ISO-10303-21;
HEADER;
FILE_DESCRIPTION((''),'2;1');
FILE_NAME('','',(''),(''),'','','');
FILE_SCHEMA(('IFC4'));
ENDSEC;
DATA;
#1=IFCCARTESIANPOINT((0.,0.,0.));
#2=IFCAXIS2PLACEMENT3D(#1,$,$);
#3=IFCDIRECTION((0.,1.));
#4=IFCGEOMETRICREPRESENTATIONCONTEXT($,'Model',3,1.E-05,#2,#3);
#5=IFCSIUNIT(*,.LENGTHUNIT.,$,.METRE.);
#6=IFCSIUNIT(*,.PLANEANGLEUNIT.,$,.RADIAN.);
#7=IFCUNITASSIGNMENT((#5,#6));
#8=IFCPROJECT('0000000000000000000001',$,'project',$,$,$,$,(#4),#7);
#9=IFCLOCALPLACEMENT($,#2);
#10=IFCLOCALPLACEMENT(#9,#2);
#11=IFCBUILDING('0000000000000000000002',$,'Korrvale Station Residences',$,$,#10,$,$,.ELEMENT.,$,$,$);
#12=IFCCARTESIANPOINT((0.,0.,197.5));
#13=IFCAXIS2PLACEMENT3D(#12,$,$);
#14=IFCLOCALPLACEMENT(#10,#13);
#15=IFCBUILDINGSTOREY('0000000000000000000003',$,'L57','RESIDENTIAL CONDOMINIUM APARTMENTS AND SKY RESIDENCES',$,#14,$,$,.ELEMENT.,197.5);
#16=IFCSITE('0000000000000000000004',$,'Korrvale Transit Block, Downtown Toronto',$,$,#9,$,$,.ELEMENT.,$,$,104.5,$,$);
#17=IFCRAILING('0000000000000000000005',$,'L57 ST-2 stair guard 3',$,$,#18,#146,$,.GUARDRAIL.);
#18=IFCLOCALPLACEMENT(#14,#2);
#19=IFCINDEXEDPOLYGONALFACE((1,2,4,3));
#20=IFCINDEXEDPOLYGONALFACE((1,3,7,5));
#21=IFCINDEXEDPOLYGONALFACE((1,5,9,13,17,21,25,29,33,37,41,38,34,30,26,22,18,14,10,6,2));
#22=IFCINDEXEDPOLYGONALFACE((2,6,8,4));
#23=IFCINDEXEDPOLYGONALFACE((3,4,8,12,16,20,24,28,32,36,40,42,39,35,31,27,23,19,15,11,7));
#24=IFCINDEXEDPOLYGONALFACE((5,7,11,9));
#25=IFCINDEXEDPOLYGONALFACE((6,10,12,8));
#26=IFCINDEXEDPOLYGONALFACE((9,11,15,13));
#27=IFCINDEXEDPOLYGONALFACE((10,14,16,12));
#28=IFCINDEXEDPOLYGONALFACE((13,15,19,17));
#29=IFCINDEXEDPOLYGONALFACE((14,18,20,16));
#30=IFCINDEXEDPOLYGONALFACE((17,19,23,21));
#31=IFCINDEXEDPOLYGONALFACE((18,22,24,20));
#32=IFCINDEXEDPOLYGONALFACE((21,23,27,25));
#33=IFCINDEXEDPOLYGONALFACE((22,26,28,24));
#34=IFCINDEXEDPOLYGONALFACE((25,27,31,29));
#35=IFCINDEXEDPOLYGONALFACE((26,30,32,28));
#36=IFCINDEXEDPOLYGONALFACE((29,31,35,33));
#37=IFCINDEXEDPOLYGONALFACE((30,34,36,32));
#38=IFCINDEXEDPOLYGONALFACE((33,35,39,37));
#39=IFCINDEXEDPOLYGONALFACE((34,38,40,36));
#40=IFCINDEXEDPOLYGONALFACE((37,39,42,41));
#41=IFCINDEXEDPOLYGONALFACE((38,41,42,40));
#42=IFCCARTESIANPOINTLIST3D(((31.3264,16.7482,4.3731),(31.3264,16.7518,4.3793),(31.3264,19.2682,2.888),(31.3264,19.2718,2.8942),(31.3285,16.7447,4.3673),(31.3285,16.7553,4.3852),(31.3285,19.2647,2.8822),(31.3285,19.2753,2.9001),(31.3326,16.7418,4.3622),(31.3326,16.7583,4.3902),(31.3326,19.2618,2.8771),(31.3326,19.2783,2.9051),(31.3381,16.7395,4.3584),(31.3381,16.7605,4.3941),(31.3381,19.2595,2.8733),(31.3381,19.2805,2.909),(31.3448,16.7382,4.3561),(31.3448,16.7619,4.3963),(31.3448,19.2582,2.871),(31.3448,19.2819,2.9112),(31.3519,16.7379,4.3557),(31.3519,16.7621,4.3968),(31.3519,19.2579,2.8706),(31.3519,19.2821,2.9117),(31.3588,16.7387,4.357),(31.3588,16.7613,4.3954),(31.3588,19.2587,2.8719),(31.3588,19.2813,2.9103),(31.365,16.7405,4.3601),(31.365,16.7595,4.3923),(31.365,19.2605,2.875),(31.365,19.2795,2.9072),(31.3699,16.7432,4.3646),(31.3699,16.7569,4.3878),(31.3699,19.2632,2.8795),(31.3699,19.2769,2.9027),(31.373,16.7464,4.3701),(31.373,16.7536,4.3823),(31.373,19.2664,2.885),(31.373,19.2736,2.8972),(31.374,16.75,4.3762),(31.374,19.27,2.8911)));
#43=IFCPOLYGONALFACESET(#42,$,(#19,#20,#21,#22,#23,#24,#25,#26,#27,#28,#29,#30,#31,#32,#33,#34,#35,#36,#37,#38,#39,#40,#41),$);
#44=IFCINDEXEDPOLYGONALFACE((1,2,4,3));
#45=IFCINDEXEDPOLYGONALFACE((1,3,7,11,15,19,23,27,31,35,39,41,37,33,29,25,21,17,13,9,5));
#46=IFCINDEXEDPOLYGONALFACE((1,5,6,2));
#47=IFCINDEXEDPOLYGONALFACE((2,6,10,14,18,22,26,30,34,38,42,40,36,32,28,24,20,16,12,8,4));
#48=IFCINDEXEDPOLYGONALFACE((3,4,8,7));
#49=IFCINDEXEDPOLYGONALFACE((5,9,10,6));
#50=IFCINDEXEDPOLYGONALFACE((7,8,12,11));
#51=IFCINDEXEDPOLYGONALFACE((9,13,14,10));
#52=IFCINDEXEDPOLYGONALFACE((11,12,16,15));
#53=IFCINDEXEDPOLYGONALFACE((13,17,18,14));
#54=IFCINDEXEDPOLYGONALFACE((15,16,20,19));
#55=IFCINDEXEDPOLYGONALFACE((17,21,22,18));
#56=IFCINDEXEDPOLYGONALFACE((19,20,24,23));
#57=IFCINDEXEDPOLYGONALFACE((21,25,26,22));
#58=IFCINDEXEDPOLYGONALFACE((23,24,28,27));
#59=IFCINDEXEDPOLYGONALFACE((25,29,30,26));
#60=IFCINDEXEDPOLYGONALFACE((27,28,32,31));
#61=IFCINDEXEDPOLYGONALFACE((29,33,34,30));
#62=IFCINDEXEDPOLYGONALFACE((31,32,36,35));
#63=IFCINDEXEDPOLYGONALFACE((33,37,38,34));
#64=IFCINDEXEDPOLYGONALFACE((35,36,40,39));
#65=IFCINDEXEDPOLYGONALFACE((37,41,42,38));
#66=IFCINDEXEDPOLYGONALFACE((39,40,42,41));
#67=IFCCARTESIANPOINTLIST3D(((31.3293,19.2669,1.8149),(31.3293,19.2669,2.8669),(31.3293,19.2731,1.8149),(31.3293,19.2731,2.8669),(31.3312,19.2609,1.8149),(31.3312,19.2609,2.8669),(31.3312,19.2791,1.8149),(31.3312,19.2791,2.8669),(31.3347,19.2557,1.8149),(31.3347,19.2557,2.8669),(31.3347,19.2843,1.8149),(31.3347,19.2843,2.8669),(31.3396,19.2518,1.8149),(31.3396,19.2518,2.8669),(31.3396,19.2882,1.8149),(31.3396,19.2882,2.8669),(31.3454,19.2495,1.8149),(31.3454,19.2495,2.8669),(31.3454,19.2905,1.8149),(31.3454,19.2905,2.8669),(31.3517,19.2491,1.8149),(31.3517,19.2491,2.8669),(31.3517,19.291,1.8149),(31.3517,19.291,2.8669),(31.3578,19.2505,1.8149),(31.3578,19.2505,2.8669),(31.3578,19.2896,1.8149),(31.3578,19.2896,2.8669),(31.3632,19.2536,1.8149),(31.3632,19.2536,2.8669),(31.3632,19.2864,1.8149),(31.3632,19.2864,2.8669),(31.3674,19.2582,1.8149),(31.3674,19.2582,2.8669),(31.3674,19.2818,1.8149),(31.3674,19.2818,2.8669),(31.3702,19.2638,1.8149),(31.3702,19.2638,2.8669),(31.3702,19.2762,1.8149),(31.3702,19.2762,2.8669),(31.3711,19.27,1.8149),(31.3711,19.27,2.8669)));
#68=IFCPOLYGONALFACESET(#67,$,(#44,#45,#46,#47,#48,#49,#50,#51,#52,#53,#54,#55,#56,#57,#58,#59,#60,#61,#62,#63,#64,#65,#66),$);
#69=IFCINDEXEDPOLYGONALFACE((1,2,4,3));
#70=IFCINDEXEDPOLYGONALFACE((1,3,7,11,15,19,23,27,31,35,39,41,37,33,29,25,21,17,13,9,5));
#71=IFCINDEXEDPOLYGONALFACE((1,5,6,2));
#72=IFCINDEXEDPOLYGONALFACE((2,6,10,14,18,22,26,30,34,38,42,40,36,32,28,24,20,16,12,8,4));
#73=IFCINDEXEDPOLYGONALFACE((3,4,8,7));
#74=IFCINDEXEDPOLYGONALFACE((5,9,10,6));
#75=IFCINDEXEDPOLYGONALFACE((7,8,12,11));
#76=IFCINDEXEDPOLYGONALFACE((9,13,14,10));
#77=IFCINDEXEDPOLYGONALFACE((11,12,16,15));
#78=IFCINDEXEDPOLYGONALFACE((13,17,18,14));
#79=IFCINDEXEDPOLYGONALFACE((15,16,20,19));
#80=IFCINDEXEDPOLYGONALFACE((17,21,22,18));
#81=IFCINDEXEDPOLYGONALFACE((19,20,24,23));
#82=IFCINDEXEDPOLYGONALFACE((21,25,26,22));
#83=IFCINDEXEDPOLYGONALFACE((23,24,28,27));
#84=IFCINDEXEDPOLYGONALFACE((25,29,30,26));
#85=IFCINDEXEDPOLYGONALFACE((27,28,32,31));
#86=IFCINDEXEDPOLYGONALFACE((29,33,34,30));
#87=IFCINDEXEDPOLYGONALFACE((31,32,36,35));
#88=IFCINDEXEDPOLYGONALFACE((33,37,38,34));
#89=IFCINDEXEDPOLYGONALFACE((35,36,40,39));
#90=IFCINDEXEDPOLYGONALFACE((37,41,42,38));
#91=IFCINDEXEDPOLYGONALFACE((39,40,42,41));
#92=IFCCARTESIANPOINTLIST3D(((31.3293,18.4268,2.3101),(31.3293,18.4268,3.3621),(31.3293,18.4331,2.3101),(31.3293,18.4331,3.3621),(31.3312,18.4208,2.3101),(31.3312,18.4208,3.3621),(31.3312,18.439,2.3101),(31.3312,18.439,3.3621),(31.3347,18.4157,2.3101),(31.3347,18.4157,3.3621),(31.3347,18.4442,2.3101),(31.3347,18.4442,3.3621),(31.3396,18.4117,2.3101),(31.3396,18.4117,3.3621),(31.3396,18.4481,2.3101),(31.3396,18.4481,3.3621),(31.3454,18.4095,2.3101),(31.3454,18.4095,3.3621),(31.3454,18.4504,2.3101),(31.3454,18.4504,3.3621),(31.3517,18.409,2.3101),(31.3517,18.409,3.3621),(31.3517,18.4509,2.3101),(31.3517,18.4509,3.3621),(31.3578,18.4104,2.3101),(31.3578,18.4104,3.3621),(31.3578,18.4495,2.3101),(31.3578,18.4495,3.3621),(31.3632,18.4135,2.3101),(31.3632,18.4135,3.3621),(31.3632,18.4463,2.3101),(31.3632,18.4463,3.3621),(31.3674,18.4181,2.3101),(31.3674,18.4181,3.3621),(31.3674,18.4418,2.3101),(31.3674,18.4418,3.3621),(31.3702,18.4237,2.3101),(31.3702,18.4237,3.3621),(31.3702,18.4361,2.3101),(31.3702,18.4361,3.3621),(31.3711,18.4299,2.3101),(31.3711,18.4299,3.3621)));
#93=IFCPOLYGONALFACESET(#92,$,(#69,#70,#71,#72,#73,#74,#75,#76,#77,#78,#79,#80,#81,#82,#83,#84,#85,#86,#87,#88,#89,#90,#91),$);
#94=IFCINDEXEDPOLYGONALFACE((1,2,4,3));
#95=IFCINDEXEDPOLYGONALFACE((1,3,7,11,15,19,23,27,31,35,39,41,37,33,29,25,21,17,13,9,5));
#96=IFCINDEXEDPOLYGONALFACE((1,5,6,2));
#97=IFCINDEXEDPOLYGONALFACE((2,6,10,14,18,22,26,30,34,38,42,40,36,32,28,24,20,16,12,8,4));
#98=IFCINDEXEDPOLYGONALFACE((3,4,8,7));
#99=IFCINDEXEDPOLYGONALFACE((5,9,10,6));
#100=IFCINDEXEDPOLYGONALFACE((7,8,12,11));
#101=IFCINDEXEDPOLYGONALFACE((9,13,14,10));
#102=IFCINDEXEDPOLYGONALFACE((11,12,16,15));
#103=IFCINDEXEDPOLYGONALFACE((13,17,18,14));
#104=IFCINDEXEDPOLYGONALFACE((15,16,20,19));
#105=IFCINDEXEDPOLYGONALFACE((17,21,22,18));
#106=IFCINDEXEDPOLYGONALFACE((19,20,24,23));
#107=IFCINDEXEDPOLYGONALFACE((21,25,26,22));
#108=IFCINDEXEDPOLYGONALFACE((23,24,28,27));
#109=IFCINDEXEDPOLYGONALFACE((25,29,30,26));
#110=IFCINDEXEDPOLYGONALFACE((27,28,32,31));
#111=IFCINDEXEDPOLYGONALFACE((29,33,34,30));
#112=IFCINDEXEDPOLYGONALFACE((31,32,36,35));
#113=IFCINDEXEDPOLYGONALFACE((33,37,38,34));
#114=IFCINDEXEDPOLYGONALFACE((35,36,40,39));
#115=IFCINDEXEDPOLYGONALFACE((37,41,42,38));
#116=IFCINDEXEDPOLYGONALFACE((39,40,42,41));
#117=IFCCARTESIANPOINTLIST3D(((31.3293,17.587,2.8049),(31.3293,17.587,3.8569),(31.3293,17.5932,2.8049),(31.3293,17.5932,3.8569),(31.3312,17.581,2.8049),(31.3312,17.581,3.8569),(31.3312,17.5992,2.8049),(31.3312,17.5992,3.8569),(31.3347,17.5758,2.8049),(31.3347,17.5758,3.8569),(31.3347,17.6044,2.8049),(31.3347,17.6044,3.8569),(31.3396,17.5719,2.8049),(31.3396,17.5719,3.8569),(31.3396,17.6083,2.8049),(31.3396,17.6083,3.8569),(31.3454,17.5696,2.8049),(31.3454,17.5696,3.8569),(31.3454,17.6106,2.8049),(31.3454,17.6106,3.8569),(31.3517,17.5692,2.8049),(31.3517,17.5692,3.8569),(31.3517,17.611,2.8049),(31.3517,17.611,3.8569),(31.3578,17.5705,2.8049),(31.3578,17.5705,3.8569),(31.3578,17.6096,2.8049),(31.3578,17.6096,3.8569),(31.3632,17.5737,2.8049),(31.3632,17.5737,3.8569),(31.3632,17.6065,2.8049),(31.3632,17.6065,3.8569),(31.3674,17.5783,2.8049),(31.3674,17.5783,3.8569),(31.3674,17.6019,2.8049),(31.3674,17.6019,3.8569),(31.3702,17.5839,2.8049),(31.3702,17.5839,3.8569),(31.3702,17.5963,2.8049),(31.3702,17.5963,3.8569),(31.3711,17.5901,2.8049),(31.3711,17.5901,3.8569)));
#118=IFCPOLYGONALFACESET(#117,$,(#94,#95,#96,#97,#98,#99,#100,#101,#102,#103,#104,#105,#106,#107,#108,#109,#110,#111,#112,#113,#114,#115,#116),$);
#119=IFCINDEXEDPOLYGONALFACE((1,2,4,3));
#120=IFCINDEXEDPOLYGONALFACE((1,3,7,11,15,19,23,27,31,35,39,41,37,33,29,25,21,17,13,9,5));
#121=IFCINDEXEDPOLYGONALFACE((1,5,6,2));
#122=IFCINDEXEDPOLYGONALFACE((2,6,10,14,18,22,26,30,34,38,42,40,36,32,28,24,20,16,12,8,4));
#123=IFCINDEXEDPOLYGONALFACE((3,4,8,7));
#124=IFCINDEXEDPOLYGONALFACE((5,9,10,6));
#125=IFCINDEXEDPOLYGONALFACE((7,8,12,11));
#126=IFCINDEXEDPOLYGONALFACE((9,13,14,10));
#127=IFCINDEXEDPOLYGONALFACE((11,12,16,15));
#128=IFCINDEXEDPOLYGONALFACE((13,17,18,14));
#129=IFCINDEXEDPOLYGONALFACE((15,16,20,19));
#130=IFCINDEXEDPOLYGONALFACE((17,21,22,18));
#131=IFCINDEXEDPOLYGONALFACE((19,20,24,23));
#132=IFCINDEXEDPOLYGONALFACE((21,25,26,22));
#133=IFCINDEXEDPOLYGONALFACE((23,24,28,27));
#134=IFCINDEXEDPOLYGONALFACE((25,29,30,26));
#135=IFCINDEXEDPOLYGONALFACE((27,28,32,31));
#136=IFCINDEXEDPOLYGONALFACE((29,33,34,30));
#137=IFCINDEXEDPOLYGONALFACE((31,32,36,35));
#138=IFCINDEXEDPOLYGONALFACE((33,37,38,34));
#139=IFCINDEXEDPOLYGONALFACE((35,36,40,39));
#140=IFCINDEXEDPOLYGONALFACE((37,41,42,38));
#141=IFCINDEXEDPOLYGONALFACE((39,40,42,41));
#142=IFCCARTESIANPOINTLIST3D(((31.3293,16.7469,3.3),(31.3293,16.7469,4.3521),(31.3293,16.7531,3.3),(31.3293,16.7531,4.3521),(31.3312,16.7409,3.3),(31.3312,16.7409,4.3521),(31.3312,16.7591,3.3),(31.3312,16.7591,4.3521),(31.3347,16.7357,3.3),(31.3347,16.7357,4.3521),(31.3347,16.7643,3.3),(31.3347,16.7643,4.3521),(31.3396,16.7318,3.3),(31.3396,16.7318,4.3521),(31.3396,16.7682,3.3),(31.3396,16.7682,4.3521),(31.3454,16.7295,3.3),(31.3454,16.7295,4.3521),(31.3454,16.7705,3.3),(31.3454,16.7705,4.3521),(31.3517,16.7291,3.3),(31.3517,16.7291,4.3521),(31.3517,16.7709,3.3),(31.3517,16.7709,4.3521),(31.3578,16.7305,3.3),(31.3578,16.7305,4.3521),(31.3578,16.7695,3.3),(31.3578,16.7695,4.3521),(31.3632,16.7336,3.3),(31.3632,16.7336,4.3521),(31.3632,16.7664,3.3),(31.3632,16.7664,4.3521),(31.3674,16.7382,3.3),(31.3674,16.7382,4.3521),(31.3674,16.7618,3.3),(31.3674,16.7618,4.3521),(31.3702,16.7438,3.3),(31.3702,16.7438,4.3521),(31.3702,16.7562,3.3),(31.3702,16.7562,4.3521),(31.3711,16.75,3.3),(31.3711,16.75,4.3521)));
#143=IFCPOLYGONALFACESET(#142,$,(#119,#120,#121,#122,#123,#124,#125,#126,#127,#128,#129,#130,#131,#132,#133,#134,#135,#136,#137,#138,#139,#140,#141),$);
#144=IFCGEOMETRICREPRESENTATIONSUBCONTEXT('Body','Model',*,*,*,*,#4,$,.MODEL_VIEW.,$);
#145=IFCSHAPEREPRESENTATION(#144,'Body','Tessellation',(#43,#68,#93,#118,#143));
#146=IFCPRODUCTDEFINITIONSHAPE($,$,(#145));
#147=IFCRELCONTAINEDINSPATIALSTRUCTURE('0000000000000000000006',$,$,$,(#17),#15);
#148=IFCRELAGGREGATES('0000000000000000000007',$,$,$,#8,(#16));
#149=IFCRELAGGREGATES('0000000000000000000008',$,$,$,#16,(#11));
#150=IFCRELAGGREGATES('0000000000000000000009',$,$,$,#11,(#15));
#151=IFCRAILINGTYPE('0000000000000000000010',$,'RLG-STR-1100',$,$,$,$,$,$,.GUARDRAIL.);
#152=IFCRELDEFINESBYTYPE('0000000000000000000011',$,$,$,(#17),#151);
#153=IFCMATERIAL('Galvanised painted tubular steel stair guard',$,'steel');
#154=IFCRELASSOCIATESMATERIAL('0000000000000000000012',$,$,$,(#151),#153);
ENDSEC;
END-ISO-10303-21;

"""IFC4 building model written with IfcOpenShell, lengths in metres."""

from ifc_helpers import new_model, si_unit, direction, frame, origin, origin_2d, place, context, subcontext, project, spatial, circle, extrude, material, type_object, element, save


model = new_model("IFC4")

# Units and contexts
model_context = context("Model", 3, precision=1e-05, world=origin(), true_north=direction((0.0, 1.0)))
body_context = subcontext(model_context, "Body", "Model", "MODEL_VIEW")
ifc_project = project(units=[si_unit("LENGTHUNIT", "METRE"), si_unit("PLANEANGLEUNIT", "RADIAN")], contexts=[model_context])

# Site, building, storey
site_placement = place(None, origin())
site = spatial("IfcSite", under=ifc_project, at=site_placement, Name="Korrvale Transit Block, Downtown Toronto", CompositionType="ELEMENT", RefElevation=104.5)
building_placement = place(site_placement, origin())
building = spatial("IfcBuilding", under=site, at=building_placement, Name="Korrvale Station Residences", CompositionType="ELEMENT")
storey_placement = place(building_placement, frame((0.0, 0.0, 197.5)))
storey = spatial("IfcBuildingStorey", under=building, at=storey_placement, Name="L57", Description="RESIDENTIAL CONDOMINIUM APARTMENTS AND SKY RESIDENCES", CompositionType="ELEMENT", Elevation=197.5)

# Railing
ifc_material_1 = material(Name="Galvanised painted tubular steel stair guard", Category="steel")
railing_type_1 = type_object("IfcRailingType", Name="RLG-STR-1100", PredefinedType="GUARDRAIL", material=ifc_material_1)
railing_1_placement = place(storey_placement, frame((31.3501, 19.27, 1.8149)))
element("IfcRailing", 1, at=railing_1_placement, inside=storey, type_object=railing_type_1, Name="L57 ST-2 stair guard 3", PredefinedType="GUARDRAIL", context=body_context, shape_type="SweptSolid", body=[
    extrude(circle(Radius=0.0239, at=origin_2d()), frame((0.0, 0.0, 1.0762), z_axis=(0.0, -0.861524, 0.507717), x_axis=(1.0, 0.0, 0.0)), (0.0, 0.0, 1.0), 2.925),
    extrude(circle(Radius=0.021, at=origin_2d()), origin(), (0.0, 0.0, 1.0), 1.052),
    extrude(circle(Radius=0.021, at=origin_2d()), frame((0.0, -0.8401, 0.4951)), (0.0, 0.0, 1.0), 1.052),
    extrude(circle(Radius=0.021, at=origin_2d()), frame((0.0, -1.6799, 0.99)), (0.0, 0.0, 1.0), 1.052),
    extrude(circle(Radius=0.021, at=origin_2d()), frame((0.0, -2.52, 1.4851)), (0.0, 0.0, 1.0), 1.052),
])

save(model, "model.ifc")
